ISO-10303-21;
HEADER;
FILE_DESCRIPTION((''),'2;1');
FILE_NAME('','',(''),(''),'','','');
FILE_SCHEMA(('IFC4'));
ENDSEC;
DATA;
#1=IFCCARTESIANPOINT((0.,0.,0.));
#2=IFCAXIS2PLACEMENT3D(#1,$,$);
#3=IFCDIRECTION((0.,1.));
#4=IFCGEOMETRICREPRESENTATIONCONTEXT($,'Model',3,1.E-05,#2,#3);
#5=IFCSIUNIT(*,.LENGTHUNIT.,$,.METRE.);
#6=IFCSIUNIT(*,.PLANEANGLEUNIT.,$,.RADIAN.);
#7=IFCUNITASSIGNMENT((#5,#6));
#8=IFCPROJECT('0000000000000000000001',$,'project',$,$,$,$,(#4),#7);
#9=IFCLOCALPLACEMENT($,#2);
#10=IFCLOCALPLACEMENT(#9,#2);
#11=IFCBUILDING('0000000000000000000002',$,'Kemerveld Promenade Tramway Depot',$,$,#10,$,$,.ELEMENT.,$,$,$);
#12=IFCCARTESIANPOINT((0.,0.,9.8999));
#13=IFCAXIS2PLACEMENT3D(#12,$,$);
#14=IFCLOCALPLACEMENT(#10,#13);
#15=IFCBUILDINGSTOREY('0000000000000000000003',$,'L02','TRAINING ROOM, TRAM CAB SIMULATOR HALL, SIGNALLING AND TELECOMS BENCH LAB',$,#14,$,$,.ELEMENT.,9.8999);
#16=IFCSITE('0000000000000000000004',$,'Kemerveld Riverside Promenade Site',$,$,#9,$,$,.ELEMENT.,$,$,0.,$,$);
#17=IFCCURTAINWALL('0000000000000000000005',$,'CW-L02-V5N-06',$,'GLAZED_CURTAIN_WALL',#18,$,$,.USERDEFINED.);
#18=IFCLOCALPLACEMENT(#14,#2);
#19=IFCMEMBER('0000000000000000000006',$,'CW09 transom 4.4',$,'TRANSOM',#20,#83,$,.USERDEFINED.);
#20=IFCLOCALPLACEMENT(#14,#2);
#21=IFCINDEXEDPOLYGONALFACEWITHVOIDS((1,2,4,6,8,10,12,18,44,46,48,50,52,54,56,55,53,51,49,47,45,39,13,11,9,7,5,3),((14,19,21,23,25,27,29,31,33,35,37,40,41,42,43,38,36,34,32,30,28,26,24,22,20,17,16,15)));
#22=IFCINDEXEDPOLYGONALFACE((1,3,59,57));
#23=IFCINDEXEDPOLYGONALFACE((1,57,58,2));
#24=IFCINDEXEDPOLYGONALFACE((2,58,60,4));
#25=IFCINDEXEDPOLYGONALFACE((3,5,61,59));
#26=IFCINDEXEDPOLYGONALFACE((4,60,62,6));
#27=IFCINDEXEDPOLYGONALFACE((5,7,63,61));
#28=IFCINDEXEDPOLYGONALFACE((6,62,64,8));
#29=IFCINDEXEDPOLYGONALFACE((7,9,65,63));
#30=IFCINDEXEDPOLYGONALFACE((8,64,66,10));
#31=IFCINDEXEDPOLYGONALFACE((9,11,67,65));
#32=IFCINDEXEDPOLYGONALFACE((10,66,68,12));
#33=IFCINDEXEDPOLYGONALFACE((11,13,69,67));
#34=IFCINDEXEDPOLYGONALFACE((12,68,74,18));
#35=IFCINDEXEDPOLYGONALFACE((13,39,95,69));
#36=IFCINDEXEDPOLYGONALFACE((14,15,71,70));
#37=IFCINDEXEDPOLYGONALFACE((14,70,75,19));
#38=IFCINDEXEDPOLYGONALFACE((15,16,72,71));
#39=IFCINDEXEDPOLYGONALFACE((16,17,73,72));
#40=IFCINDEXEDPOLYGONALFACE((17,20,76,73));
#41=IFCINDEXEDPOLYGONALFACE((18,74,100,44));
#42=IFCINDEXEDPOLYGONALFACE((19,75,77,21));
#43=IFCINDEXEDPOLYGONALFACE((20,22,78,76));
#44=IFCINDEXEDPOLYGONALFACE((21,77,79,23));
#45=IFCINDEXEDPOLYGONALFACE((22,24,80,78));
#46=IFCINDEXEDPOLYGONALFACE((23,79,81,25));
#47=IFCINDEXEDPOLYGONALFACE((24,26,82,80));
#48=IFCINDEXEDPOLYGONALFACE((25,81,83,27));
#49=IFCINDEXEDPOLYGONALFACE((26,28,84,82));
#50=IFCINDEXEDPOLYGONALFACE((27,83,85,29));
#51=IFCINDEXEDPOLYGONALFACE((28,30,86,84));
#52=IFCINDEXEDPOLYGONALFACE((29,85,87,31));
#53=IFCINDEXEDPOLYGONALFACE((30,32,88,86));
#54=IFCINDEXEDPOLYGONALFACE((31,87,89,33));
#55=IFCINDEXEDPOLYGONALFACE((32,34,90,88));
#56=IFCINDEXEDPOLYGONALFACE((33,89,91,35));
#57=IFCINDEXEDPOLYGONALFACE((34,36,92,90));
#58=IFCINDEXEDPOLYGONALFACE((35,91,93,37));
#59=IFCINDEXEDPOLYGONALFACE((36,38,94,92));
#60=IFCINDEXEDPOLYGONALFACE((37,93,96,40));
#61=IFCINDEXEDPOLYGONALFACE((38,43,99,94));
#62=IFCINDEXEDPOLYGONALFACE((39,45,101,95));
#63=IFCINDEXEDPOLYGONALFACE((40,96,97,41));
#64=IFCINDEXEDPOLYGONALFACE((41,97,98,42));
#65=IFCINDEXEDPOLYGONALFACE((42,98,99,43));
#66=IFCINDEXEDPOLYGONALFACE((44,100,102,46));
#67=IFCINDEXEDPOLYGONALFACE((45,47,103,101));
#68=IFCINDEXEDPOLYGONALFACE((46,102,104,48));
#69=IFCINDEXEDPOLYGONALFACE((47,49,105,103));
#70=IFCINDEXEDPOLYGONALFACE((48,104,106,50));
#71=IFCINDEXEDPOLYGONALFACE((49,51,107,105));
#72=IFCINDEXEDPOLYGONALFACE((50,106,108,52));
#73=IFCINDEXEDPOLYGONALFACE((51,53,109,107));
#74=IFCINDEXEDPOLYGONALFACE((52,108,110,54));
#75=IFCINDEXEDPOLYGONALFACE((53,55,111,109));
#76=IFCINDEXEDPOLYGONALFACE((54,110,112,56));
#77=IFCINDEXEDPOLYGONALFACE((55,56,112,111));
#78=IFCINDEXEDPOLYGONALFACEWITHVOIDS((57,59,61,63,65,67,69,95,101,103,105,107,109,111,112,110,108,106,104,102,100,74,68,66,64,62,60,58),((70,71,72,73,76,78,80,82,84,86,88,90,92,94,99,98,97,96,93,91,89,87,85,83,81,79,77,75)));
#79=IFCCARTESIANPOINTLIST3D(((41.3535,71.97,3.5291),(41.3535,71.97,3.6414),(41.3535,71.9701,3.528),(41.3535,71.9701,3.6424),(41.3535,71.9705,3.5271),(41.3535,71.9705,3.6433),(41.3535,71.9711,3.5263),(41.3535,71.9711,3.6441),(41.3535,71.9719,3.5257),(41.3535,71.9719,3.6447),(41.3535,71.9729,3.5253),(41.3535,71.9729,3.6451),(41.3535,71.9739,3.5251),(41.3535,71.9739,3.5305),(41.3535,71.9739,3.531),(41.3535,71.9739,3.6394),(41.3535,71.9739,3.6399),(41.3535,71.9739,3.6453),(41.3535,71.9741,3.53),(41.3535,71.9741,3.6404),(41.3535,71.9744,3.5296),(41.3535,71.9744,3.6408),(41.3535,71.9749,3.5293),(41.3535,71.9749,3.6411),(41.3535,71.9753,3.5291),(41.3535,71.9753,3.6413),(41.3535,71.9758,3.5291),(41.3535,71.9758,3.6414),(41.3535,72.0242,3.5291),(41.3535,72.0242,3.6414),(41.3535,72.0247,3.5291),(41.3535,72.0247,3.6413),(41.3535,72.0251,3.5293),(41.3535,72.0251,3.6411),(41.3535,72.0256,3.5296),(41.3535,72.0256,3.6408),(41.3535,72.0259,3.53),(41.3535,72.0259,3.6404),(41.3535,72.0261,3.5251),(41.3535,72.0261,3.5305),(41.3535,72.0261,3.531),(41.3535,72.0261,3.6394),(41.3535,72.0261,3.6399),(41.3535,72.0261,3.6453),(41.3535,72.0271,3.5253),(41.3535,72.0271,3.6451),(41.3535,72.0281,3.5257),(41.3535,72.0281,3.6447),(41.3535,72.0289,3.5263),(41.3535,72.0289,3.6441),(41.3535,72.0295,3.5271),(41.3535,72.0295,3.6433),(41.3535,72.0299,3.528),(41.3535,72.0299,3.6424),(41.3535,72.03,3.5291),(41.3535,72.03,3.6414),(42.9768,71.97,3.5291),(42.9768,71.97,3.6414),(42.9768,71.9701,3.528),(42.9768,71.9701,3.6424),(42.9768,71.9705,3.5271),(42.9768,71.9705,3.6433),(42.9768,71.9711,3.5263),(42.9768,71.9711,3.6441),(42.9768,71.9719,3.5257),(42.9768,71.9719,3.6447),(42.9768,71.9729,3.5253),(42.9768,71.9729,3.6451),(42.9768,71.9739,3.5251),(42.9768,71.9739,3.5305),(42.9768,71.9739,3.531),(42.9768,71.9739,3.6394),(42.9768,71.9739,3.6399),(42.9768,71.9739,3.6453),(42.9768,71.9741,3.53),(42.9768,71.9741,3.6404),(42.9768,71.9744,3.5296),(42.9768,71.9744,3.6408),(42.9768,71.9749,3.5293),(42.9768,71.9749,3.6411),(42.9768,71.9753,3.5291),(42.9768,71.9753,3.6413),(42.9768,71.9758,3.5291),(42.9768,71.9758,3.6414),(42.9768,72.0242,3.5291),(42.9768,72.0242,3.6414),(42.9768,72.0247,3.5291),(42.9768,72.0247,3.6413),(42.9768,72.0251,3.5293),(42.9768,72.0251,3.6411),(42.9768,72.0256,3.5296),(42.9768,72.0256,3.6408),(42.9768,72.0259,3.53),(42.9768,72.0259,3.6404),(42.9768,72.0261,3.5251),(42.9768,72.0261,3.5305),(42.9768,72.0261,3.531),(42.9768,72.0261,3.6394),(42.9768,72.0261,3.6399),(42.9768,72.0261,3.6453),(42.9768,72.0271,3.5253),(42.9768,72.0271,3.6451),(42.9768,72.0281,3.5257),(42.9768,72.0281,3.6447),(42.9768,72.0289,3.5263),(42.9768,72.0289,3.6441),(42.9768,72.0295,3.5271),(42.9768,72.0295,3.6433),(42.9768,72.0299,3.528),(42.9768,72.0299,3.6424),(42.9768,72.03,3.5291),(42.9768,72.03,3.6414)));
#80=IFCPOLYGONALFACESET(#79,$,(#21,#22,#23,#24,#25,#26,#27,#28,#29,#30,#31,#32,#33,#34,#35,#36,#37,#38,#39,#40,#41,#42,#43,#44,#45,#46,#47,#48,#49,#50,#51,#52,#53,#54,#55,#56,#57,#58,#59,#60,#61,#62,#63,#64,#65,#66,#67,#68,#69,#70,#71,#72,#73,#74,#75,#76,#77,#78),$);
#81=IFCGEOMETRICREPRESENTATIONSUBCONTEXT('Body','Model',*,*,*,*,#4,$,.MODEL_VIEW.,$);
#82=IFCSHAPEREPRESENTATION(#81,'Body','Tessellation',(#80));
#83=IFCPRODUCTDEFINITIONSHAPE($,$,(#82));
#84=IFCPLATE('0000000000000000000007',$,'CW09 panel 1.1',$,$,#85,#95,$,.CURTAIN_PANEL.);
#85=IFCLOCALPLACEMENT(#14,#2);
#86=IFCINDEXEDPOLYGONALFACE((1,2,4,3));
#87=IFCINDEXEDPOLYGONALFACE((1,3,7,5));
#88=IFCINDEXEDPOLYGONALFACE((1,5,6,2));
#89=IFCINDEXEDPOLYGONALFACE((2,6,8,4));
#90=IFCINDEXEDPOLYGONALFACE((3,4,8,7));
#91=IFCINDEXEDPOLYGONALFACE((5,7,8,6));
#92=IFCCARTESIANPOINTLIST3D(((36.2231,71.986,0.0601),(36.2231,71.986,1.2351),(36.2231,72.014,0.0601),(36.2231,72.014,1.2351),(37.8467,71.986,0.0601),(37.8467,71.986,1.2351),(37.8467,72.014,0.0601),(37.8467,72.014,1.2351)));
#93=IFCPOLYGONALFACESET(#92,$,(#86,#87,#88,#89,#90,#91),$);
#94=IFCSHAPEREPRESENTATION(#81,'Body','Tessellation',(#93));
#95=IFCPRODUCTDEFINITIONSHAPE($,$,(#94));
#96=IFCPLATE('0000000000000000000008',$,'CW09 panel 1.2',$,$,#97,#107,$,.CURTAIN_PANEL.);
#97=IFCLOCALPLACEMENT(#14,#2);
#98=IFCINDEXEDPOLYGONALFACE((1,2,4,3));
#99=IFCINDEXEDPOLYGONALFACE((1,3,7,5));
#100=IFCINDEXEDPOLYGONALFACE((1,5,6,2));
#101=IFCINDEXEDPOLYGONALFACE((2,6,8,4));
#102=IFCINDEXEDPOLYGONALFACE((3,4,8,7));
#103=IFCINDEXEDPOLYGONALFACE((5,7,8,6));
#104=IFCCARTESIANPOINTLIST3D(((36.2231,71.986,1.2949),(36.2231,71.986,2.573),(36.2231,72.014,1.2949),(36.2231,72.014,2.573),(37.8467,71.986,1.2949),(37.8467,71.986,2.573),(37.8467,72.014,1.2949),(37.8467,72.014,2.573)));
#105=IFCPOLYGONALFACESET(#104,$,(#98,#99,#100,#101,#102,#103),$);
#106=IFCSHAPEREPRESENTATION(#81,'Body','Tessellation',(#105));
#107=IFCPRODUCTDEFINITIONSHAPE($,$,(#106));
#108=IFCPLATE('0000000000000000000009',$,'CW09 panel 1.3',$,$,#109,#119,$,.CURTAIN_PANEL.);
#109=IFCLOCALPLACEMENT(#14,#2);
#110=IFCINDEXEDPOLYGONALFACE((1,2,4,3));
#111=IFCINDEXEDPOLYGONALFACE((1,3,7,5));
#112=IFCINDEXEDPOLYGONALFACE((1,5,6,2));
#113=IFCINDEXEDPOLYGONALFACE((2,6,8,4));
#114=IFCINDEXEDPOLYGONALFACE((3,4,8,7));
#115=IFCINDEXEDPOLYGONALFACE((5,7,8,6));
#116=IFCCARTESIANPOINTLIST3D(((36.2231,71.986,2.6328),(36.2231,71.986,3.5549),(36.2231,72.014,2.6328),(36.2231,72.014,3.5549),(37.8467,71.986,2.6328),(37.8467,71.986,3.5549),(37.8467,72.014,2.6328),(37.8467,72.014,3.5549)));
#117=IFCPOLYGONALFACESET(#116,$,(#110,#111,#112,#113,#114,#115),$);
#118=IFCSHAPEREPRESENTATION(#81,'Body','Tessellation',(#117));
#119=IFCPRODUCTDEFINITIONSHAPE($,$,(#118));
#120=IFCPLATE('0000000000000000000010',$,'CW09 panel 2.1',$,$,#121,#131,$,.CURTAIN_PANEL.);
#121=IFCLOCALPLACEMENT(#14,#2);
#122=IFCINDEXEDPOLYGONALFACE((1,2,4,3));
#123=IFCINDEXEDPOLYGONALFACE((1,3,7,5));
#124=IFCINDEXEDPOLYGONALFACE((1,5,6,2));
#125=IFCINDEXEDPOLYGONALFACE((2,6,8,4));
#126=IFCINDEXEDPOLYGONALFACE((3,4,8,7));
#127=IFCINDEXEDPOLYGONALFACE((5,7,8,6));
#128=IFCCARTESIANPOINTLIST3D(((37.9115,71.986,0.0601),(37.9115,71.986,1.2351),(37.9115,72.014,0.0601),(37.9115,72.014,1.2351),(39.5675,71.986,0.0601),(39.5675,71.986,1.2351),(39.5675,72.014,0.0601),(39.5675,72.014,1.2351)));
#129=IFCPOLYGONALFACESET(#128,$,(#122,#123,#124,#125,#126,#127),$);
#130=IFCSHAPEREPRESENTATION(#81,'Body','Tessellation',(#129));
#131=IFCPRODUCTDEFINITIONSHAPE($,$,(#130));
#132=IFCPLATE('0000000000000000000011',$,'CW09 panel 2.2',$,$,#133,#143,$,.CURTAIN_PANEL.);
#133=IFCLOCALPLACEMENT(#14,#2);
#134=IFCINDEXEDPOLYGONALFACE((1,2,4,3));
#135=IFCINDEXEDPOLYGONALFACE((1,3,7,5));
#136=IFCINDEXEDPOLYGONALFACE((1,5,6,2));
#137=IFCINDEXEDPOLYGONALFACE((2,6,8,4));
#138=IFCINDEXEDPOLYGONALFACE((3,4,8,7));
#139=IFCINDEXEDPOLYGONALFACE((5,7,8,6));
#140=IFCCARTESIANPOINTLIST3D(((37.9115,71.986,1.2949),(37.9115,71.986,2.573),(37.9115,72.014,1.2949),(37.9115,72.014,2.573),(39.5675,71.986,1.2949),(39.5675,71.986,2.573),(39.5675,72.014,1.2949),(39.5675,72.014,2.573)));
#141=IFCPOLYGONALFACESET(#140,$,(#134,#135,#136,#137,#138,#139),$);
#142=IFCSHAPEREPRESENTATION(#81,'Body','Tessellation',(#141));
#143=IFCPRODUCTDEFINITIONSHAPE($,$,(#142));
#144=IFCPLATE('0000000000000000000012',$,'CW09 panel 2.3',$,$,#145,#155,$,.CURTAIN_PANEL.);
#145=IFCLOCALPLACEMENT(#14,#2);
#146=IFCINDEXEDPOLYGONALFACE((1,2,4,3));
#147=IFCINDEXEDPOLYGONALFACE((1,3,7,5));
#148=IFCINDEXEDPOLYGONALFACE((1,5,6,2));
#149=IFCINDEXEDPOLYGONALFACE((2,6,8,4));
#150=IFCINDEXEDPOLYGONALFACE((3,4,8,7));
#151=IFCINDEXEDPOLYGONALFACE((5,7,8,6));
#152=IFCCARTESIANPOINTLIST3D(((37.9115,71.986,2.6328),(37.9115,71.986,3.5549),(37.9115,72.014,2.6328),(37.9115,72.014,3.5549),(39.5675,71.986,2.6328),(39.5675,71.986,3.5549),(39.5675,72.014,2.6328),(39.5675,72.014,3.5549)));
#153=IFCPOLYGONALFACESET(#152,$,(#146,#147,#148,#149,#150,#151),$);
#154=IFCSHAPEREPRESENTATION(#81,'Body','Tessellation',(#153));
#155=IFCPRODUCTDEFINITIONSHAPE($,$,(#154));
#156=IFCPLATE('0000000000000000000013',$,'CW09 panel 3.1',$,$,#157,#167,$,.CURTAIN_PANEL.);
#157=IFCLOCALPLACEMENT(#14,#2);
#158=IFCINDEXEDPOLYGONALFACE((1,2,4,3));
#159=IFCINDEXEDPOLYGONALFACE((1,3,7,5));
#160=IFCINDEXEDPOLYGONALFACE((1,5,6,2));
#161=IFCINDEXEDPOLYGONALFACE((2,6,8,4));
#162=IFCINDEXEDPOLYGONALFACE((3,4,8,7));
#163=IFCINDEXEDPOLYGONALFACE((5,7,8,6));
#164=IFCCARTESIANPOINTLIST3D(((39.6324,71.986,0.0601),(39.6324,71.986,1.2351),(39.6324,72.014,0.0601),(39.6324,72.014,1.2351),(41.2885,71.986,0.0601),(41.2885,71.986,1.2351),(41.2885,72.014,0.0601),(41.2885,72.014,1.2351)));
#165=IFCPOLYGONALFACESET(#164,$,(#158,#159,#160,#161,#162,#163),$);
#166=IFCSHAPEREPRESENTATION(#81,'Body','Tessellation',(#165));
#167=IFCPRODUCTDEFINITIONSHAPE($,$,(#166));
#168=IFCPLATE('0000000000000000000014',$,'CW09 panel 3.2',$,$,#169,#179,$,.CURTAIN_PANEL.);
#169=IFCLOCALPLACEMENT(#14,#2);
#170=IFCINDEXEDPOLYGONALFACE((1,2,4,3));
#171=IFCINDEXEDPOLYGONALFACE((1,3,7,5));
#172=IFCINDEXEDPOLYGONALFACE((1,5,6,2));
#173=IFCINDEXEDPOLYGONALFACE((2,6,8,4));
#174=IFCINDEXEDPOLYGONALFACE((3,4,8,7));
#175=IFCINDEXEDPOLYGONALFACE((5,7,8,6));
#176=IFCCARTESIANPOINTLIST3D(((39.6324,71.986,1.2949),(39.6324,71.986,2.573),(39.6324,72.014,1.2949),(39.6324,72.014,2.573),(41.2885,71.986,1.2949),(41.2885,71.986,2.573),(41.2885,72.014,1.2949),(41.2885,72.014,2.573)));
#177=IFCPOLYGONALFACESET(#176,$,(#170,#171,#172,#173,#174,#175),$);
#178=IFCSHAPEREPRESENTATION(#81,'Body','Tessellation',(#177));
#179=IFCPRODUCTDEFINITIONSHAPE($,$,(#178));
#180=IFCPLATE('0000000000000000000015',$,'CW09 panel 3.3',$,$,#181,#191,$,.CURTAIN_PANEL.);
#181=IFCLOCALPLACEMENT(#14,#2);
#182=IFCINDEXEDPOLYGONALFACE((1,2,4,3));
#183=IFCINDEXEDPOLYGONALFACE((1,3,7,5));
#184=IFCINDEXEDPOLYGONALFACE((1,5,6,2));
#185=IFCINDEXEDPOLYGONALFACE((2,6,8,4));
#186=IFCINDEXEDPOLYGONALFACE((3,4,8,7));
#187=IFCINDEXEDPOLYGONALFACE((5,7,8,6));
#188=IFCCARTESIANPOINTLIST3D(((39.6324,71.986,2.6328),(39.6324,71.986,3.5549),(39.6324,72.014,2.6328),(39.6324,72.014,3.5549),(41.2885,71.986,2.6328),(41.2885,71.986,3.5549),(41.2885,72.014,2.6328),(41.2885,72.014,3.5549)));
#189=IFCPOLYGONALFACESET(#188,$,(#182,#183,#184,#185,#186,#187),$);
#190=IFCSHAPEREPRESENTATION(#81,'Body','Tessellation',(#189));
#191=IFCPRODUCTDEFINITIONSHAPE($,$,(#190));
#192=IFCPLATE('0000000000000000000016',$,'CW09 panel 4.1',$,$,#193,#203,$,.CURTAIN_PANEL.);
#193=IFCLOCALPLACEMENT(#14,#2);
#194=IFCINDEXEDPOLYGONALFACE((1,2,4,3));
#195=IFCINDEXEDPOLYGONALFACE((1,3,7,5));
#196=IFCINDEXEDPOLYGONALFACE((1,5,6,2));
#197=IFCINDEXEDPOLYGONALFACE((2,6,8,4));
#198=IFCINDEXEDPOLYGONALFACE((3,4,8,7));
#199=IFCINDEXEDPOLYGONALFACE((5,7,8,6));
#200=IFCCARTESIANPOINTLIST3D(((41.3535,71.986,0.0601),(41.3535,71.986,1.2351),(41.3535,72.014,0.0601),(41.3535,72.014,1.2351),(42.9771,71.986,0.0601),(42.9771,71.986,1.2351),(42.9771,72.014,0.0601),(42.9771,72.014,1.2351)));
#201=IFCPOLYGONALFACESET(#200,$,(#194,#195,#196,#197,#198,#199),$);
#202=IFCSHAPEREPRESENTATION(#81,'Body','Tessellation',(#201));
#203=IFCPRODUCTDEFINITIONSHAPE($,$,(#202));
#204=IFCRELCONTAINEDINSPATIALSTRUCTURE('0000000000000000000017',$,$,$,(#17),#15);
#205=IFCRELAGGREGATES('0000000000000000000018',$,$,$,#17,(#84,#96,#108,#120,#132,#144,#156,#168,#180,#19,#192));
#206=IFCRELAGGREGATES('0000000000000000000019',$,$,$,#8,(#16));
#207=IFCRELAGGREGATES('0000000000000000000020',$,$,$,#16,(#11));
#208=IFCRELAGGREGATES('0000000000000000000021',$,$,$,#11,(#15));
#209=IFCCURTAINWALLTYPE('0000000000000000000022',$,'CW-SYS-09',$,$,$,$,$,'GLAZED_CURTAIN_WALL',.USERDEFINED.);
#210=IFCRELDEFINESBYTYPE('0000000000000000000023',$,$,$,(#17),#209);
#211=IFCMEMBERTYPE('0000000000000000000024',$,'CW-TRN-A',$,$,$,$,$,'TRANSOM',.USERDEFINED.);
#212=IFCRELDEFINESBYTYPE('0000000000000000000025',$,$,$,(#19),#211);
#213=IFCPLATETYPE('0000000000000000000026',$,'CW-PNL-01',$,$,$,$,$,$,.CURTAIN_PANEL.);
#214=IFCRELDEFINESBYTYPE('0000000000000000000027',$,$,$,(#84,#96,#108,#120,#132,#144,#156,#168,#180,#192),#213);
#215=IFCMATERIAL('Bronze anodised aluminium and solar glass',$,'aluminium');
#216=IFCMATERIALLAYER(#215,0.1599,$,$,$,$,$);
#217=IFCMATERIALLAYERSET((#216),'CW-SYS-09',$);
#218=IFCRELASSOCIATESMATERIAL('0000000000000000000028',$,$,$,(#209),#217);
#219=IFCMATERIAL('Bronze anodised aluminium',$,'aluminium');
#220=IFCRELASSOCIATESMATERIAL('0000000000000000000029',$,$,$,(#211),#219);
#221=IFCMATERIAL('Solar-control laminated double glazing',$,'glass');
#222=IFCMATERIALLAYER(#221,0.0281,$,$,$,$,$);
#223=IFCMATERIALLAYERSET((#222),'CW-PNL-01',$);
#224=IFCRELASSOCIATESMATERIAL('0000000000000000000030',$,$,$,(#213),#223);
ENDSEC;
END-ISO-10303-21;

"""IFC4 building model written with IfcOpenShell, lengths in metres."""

from ifc_helpers import new_model, si_unit, direction, frame, origin, origin_2d, place, context, subcontext, project, spatial, rectangle, hollow_rectangle, extrude, material, layer, layer_set, material_profile, profile_set, type_object, element, aggregate, save


model = new_model("IFC4")

# Units and contexts
model_context = context("Model", 3, precision=1e-05, world=origin(), true_north=direction((0.0, 1.0)))
body_context = subcontext(model_context, "Body", "Model", "MODEL_VIEW")
ifc_project = project(units=[si_unit("LENGTHUNIT", "METRE"), si_unit("PLANEANGLEUNIT", "RADIAN")], contexts=[model_context])

# Site, building, storey
site_placement = place(None, origin())
site = spatial("IfcSite", under=ifc_project, at=site_placement, Name="Kemerveld Riverside Promenade Site", CompositionType="ELEMENT", RefElevation=0.0)
building_placement = place(site_placement, origin())
building = spatial("IfcBuilding", under=site, at=building_placement, Name="Kemerveld Promenade Tramway Depot", CompositionType="ELEMENT")
storey_placement = place(building_placement, frame((0.0, 0.0, 9.8999)))
storey = spatial("IfcBuildingStorey", under=building, at=storey_placement, Name="L02", Description="TRAINING ROOM, TRAM CAB SIMULATOR HALL, SIGNALLING AND TELECOMS BENCH LAB", CompositionType="ELEMENT", Elevation=9.8999)

# Curtain wall, member, plates
ifc_material_1 = material(Name="Bronze anodised aluminium and solar glass", Category="aluminium")
ifc_layer_1 = layer(ifc_material_1, 0.1599)
ifc_layer_set_1 = layer_set([ifc_layer_1], Name="CW-SYS-09")
curtain_wall_type = type_object("IfcCurtainWallType", Name="CW-SYS-09", ElementType="GLAZED_CURTAIN_WALL", PredefinedType="USERDEFINED", material=ifc_layer_set_1)
curtain_wall_placement = place(storey_placement, origin())
curtain_wall = element("IfcCurtainWall", 1, at=curtain_wall_placement, inside=storey, type_object=curtain_wall_type, Name="CW-L02-V5N-06", ObjectType="GLAZED_CURTAIN_WALL", PredefinedType="USERDEFINED")
ifc_material_2 = material(Name="Bronze anodised aluminium", Category="aluminium")
ifc_material_profile_1 = material_profile(ifc_material_2, hollow_rectangle(XDim=0.0601, YDim=0.1201, WallThickness=0.0039, InnerFilletRadius=0.002, OuterFilletRadius=0.0039, at=origin_2d()), Name="CW-TRN-120x60")
ifc_profile_set_1 = profile_set([ifc_material_profile_1], Name="Bronze anodised aluminium")
member_type_1 = type_object("IfcMemberType", Name="CW-TRN-A", ElementType="TRANSOM", PredefinedType="USERDEFINED", material=ifc_profile_set_1)
member_1_placement = place(storey_placement, frame((41.3535, 72.0, 3.5852), z_axis=(1.0, 0.0, 0.0), x_axis=(0.0, 1.0, 0.0)))
member_1 = element("IfcMember", 2, at=member_1_placement, type_object=member_type_1, Name="CW09 transom 4.4", ObjectType="TRANSOM", PredefinedType="USERDEFINED", context=body_context, shape_type="SweptSolid", body=[
    extrude(hollow_rectangle(XDim=0.0601, YDim=0.1201, WallThickness=0.0039, InnerFilletRadius=0.002, OuterFilletRadius=0.0039, at=origin_2d()), origin(), (0.0, 0.0, 1.0), 1.6233),
])
ifc_material_3 = material(Name="Solar-control laminated double glazing", Category="glass")
ifc_layer_2 = layer(ifc_material_3, 0.0281)
ifc_layer_set_2 = layer_set([ifc_layer_2], Name="CW-PNL-01")
plate_type = type_object("IfcPlateType", Name="CW-PNL-01", PredefinedType="CURTAIN_PANEL", material=ifc_layer_set_2)
plate_1_placement = place(storey_placement, frame((37.0349, 72.0, 0.0601), z_axis=(0.0, 0.0, 1.0), x_axis=(1.0, 0.0, 0.0)))
plate_1 = element("IfcPlate", 3, at=plate_1_placement, type_object=plate_type, Name="CW09 panel 1.1", PredefinedType="CURTAIN_PANEL", context=body_context, shape_type="SweptSolid", body=[
    extrude(rectangle(XDim=1.6235, YDim=0.0281, at=origin_2d()), origin(), (0.0, 0.0, 1.0), 1.175),
])
plate_2_placement = place(storey_placement, frame((37.0349, 72.0, 1.2949), z_axis=(0.0, 0.0, 1.0), x_axis=(1.0, 0.0, 0.0)))
plate_2 = element("IfcPlate", 4, at=plate_2_placement, type_object=plate_type, Name="CW09 panel 1.2", PredefinedType="CURTAIN_PANEL", context=body_context, shape_type="SweptSolid", body=[
    extrude(rectangle(XDim=1.6235, YDim=0.0281, at=origin_2d()), origin(), (0.0, 0.0, 1.0), 1.2781),
])
plate_3_placement = place(storey_placement, frame((37.0349, 72.0, 2.6328), z_axis=(0.0, 0.0, 1.0), x_axis=(1.0, 0.0, 0.0)))
plate_3 = element("IfcPlate", 5, at=plate_3_placement, type_object=plate_type, Name="CW09 panel 1.3", PredefinedType="CURTAIN_PANEL", context=body_context, shape_type="SweptSolid", body=[
    extrude(rectangle(XDim=1.6235, YDim=0.0281, at=origin_2d()), origin(), (0.0, 0.0, 1.0), 0.9221),
])
plate_4_placement = place(storey_placement, frame((38.7395, 72.0, 0.0601), z_axis=(0.0, 0.0, 1.0), x_axis=(1.0, 0.0, 0.0)))
plate_4 = element("IfcPlate", 6, at=plate_4_placement, type_object=plate_type, Name="CW09 panel 2.1", PredefinedType="CURTAIN_PANEL", context=body_context, shape_type="SweptSolid", body=[
    extrude(rectangle(XDim=1.656, YDim=0.0281, at=origin_2d()), origin(), (0.0, 0.0, 1.0), 1.175),
])
plate_5_placement = place(storey_placement, frame((38.7395, 72.0, 1.2949), z_axis=(0.0, 0.0, 1.0), x_axis=(1.0, 0.0, 0.0)))
plate_5 = element("IfcPlate", 7, at=plate_5_placement, type_object=plate_type, Name="CW09 panel 2.2", PredefinedType="CURTAIN_PANEL", context=body_context, shape_type="SweptSolid", body=[
    extrude(rectangle(XDim=1.656, YDim=0.0281, at=origin_2d()), origin(), (0.0, 0.0, 1.0), 1.2781),
])
plate_6_placement = place(storey_placement, frame((38.7395, 72.0, 2.6328), z_axis=(0.0, 0.0, 1.0), x_axis=(1.0, 0.0, 0.0)))
plate_6 = element("IfcPlate", 8, at=plate_6_placement, type_object=plate_type, Name="CW09 panel 2.3", PredefinedType="CURTAIN_PANEL", context=body_context, shape_type="SweptSolid", body=[
    extrude(rectangle(XDim=1.656, YDim=0.0281, at=origin_2d()), origin(), (0.0, 0.0, 1.0), 0.9221),
])
plate_7_placement = place(storey_placement, frame((40.4604, 72.0, 0.0601), z_axis=(0.0, 0.0, 1.0), x_axis=(1.0, 0.0, 0.0)))
plate_7 = element("IfcPlate", 9, at=plate_7_placement, type_object=plate_type, Name="CW09 panel 3.1", PredefinedType="CURTAIN_PANEL", context=body_context, shape_type="SweptSolid", body=[
    extrude(rectangle(XDim=1.656, YDim=0.0281, at=origin_2d()), origin(), (0.0, 0.0, 1.0), 1.175),
])
plate_8_placement = place(storey_placement, frame((40.4604, 72.0, 1.2949), z_axis=(0.0, 0.0, 1.0), x_axis=(1.0, 0.0, 0.0)))
plate_8 = element("IfcPlate", 10, at=plate_8_placement, type_object=plate_type, Name="CW09 panel 3.2", PredefinedType="CURTAIN_PANEL", context=body_context, shape_type="SweptSolid", body=[
    extrude(rectangle(XDim=1.656, YDim=0.0281, at=origin_2d()), origin(), (0.0, 0.0, 1.0), 1.2781),
])
plate_9_placement = place(storey_placement, frame((40.4604, 72.0, 2.6328), z_axis=(0.0, 0.0, 1.0), x_axis=(1.0, 0.0, 0.0)))
plate_9 = element("IfcPlate", 11, at=plate_9_placement, type_object=plate_type, Name="CW09 panel 3.3", PredefinedType="CURTAIN_PANEL", context=body_context, shape_type="SweptSolid", body=[
    extrude(rectangle(XDim=1.656, YDim=0.0281, at=origin_2d()), origin(), (0.0, 0.0, 1.0), 0.9221),
])
plate_10_placement = place(storey_placement, frame((42.1653, 72.0, 0.0601), z_axis=(0.0, 0.0, 1.0), x_axis=(1.0, 0.0, 0.0)))
plate_10 = element("IfcPlate", 12, at=plate_10_placement, type_object=plate_type, Name="CW09 panel 4.1", PredefinedType="CURTAIN_PANEL", context=body_context, shape_type="SweptSolid", body=[
    extrude(rectangle(XDim=1.6235, YDim=0.0281, at=origin_2d()), origin(), (0.0, 0.0, 1.0), 1.175),
])
aggregate(curtain_wall, [plate_1, plate_2, plate_3, plate_4, plate_5, plate_6, plate_7, plate_8, plate_9, member_1, plate_10])

save(model, "model.ifc")
